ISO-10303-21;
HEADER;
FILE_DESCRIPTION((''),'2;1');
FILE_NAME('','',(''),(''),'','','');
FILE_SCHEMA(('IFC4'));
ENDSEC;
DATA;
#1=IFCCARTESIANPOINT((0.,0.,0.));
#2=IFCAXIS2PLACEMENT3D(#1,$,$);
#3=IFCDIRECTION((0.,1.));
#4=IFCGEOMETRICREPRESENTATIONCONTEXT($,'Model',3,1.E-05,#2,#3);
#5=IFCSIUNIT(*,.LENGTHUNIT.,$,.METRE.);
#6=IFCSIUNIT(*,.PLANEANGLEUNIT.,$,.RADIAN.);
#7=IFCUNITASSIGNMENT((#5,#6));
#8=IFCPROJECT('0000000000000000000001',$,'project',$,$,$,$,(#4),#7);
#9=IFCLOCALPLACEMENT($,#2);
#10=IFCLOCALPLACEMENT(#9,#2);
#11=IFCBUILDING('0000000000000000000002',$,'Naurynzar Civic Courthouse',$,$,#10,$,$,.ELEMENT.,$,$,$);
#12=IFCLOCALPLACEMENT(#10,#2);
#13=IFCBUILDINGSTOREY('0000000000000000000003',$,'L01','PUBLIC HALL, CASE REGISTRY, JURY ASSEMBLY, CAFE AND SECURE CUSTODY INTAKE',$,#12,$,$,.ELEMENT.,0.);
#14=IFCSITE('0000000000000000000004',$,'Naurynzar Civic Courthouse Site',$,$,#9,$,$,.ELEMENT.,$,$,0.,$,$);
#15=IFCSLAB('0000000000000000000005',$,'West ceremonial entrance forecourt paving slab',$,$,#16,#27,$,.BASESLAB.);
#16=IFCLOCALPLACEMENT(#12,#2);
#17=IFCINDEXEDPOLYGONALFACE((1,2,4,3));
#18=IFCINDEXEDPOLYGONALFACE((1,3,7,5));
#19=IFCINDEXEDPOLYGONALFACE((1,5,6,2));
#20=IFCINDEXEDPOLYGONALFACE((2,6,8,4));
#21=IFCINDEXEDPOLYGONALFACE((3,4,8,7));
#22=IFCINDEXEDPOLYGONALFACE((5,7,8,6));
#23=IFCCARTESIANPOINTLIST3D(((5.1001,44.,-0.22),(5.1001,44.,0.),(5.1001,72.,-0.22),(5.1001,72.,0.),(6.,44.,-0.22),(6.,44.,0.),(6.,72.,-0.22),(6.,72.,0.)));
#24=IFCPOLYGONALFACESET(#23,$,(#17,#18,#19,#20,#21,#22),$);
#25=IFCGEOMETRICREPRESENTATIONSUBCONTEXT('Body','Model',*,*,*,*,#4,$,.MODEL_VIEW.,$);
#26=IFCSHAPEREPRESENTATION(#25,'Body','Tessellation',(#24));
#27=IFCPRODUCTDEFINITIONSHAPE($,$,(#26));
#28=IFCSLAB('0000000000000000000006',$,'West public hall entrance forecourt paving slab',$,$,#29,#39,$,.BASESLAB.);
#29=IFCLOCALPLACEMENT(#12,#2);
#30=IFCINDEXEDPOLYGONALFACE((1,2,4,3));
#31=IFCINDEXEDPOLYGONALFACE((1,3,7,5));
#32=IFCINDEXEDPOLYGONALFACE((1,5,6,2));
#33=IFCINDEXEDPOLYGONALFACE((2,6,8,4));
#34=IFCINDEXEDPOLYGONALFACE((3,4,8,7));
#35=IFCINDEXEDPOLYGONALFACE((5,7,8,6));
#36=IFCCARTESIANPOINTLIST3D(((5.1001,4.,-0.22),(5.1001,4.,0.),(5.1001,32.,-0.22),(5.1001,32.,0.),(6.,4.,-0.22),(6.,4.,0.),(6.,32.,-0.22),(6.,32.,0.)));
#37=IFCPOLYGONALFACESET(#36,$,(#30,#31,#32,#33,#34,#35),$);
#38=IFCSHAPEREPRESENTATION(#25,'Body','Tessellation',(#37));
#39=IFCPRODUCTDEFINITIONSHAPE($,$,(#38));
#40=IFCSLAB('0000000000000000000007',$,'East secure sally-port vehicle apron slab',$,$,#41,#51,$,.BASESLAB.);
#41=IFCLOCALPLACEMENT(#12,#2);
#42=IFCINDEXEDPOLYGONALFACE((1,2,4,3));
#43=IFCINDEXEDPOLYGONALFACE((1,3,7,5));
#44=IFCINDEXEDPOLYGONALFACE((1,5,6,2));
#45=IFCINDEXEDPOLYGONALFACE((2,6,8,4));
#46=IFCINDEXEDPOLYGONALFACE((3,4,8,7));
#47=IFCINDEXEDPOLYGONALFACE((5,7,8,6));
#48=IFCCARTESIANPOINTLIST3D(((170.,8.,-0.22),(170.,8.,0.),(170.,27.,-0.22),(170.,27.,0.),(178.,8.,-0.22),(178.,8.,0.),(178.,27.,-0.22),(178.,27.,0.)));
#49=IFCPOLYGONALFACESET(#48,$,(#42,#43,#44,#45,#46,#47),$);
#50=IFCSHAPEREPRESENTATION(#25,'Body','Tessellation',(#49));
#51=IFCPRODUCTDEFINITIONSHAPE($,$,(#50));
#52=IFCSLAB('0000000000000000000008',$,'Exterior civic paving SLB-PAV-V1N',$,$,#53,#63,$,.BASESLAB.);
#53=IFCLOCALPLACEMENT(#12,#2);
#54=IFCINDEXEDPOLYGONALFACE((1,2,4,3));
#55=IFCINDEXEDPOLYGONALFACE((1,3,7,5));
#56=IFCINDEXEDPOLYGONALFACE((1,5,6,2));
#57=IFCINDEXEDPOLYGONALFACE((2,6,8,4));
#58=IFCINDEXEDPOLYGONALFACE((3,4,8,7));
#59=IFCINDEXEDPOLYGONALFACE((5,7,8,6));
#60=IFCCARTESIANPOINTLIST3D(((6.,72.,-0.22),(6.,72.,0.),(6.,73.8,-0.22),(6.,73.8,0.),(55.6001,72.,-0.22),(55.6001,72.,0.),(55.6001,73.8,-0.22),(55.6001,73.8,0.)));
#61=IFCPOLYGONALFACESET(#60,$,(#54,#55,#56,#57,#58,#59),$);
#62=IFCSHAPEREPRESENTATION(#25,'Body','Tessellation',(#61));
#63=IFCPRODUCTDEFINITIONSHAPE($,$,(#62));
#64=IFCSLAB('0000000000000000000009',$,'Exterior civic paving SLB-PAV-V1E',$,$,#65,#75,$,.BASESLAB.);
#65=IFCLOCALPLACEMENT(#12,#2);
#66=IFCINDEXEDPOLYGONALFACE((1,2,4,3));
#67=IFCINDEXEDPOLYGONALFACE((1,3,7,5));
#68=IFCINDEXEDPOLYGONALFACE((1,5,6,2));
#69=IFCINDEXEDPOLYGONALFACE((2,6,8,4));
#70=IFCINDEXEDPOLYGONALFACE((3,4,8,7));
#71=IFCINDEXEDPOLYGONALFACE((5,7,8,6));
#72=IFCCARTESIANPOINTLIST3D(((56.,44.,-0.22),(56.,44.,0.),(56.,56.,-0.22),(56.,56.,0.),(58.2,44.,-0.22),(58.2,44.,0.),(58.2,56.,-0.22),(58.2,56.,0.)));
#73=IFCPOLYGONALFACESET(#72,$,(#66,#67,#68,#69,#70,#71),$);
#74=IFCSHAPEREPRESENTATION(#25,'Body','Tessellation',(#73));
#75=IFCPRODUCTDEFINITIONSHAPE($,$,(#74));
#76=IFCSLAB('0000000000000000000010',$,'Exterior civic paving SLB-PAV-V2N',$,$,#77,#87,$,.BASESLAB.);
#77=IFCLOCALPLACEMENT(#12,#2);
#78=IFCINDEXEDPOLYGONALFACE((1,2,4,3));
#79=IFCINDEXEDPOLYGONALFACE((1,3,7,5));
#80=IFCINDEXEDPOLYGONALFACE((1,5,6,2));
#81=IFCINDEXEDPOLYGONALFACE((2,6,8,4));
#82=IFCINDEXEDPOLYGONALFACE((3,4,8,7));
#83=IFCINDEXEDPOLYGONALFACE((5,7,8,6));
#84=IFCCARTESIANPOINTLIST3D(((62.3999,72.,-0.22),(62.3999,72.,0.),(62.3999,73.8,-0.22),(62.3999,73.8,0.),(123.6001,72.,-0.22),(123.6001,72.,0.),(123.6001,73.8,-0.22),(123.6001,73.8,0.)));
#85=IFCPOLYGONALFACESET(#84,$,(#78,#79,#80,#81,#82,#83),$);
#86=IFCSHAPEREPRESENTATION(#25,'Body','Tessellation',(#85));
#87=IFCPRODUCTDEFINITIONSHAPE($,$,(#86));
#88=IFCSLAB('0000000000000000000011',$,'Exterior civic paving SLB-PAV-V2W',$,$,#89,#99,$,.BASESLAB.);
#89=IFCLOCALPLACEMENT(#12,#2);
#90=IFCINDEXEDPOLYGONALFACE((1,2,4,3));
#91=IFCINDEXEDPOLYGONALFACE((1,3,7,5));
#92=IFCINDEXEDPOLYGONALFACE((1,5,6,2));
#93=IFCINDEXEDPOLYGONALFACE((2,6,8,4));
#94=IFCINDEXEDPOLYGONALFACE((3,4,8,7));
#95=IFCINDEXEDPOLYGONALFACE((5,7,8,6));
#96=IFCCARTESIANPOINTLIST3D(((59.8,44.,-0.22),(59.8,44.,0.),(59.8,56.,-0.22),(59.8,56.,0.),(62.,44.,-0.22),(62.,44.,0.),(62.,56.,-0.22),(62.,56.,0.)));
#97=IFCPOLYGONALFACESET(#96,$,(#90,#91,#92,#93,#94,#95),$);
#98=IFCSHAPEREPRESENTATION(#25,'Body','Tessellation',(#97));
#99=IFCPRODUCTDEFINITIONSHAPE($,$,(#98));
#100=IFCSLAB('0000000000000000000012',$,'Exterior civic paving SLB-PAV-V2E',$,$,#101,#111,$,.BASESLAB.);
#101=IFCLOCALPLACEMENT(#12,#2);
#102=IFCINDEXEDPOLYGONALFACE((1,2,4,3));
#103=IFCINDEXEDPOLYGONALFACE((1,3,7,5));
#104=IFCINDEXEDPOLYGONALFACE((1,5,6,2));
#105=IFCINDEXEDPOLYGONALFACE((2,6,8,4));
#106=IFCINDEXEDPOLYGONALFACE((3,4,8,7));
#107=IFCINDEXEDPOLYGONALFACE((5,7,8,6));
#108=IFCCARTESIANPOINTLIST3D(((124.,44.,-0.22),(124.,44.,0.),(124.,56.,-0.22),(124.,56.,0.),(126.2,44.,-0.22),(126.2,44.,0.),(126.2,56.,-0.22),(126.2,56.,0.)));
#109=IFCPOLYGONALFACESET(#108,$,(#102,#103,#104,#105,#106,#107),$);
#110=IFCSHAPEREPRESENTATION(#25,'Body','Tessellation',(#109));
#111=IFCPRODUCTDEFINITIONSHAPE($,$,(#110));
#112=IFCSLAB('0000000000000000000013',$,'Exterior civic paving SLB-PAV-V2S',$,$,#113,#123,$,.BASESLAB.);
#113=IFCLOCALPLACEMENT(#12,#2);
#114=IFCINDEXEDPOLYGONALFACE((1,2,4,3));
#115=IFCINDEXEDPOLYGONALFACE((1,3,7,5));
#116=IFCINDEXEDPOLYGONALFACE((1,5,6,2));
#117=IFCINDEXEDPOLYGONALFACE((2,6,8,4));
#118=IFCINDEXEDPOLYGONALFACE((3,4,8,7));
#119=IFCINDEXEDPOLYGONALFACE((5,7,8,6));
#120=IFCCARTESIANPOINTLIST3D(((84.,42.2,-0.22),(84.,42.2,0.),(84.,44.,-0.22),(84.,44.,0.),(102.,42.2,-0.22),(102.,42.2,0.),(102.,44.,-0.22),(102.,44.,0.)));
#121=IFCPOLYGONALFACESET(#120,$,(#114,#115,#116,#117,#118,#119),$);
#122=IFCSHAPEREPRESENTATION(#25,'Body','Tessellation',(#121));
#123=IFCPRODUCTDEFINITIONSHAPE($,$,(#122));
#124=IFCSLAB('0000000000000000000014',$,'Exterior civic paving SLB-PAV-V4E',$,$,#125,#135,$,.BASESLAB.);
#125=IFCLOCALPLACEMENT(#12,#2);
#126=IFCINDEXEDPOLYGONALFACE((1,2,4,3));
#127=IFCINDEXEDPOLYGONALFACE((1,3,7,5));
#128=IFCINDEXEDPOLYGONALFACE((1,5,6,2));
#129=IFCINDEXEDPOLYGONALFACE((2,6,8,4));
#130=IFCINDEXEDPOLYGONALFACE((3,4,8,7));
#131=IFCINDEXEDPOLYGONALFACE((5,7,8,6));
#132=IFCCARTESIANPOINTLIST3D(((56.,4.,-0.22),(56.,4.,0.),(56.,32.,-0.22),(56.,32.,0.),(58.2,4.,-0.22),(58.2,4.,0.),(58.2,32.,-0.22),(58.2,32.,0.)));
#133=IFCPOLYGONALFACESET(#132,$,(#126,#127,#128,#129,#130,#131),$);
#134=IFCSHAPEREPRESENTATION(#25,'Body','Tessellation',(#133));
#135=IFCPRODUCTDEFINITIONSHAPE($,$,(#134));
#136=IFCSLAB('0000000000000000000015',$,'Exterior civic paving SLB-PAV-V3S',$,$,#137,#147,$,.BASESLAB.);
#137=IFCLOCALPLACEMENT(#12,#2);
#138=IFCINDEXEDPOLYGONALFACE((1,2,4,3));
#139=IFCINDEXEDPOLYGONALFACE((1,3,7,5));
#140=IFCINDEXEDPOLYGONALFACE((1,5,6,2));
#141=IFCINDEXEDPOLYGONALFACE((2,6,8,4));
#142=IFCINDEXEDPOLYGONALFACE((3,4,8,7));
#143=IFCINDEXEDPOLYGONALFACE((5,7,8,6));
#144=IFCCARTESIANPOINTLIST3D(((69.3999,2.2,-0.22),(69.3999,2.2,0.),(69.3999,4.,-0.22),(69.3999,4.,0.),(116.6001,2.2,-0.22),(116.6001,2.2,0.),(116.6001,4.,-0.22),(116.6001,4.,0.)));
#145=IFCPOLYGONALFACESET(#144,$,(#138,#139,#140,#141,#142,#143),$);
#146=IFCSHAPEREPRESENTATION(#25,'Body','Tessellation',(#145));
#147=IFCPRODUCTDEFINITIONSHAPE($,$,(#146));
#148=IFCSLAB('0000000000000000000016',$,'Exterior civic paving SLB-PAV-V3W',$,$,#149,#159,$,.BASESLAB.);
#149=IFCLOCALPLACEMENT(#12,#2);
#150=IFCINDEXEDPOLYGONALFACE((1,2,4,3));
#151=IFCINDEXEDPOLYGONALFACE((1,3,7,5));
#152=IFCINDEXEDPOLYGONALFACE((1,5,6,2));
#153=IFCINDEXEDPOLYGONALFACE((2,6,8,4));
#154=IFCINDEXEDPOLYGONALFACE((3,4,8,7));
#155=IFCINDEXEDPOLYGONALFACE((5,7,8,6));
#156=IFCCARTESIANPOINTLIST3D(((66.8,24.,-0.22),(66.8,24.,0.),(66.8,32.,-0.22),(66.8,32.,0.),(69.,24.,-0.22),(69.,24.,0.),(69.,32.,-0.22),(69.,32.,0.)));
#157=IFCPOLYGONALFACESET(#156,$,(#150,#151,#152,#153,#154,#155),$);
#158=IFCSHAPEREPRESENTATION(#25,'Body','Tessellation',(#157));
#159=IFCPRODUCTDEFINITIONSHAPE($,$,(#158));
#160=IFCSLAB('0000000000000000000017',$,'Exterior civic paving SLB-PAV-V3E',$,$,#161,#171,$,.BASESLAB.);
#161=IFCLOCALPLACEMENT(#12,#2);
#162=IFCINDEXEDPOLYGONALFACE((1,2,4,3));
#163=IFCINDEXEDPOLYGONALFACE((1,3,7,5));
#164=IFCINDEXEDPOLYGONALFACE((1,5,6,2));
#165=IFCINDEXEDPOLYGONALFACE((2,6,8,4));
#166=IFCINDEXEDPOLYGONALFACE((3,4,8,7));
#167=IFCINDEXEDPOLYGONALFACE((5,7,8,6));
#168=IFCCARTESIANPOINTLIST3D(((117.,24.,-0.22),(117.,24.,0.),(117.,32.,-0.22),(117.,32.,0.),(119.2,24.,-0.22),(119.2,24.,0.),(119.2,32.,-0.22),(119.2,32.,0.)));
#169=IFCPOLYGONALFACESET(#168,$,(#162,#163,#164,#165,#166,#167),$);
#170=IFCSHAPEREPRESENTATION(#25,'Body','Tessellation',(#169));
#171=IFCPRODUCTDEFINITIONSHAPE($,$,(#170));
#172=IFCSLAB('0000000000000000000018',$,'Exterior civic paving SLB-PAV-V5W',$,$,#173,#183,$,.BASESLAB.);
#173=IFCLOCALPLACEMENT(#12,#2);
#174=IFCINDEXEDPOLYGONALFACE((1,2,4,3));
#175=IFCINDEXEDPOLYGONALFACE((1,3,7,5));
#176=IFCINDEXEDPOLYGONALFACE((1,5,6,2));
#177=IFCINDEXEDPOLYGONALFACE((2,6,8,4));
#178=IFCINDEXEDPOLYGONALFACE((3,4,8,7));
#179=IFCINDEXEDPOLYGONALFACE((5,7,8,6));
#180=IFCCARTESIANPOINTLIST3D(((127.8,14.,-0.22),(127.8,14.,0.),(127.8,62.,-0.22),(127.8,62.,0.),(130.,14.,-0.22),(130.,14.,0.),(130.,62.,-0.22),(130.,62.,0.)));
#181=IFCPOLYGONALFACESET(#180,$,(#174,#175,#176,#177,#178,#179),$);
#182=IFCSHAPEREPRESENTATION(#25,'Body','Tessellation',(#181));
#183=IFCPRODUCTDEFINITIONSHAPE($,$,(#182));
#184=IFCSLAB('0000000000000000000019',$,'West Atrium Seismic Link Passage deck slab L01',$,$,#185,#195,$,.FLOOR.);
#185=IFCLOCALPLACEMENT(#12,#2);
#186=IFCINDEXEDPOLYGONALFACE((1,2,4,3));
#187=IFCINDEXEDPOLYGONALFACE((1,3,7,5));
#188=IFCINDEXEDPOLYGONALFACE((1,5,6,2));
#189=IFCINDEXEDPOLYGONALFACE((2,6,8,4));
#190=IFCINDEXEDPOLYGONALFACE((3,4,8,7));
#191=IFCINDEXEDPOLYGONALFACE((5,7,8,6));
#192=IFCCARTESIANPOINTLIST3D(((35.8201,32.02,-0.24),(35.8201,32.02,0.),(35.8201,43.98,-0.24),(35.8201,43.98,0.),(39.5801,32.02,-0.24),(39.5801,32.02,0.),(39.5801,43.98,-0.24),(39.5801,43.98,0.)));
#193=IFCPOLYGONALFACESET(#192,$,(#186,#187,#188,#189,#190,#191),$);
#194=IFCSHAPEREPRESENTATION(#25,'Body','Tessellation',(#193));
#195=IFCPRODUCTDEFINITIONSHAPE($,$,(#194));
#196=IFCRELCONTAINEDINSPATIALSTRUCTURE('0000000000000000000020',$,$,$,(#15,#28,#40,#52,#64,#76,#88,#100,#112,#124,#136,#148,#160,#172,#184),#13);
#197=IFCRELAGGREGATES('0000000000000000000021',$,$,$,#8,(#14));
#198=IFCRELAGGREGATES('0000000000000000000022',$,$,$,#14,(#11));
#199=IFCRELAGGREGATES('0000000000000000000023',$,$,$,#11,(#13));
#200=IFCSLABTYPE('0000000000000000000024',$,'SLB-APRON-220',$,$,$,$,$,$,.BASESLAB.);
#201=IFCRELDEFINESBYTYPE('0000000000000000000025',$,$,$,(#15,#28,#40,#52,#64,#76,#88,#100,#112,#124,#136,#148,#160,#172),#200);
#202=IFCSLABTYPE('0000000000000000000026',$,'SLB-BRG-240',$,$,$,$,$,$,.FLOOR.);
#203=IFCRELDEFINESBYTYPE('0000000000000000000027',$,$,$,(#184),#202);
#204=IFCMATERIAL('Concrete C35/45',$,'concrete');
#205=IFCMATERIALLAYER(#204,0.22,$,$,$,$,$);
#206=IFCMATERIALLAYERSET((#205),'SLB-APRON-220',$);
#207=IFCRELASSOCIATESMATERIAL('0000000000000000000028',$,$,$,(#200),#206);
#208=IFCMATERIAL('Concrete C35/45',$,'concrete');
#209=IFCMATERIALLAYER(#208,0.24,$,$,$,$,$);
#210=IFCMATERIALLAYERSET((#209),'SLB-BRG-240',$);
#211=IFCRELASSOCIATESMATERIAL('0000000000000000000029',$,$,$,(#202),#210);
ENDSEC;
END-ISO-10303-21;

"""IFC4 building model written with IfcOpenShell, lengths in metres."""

from ifc_helpers import new_model, si_unit, direction, frame, origin, place, context, subcontext, project, spatial, polyline, outline, extrude, material, layer, layer_set, type_object, element, save


model = new_model("IFC4")

# Units and contexts
model_context = context("Model", 3, precision=1e-05, world=origin(), true_north=direction((0.0, 1.0)))
body_context = subcontext(model_context, "Body", "Model", "MODEL_VIEW")
ifc_project = project(units=[si_unit("LENGTHUNIT", "METRE"), si_unit("PLANEANGLEUNIT", "RADIAN")], contexts=[model_context])

# Site, building, storey
site_placement = place(None, origin())
site = spatial("IfcSite", under=ifc_project, at=site_placement, Name="Naurynzar Civic Courthouse Site", CompositionType="ELEMENT", RefElevation=0.0)
building_placement = place(site_placement, origin())
building = spatial("IfcBuilding", under=site, at=building_placement, Name="Naurynzar Civic Courthouse", CompositionType="ELEMENT")
storey_placement = place(building_placement, origin())
storey = spatial("IfcBuildingStorey", under=building, at=storey_placement, Name="L01", Description="PUBLIC HALL, CASE REGISTRY, JURY ASSEMBLY, CAFE AND SECURE CUSTODY INTAKE", CompositionType="ELEMENT", Elevation=0.0)

# Slabs
ifc_material_1 = material(Name="Concrete C35/45", Category="concrete")
ifc_layer_1 = layer(ifc_material_1, 0.22)
ifc_layer_set_1 = layer_set([ifc_layer_1], Name="SLB-APRON-220")
slab_type_1 = type_object("IfcSlabType", Name="SLB-APRON-220", PredefinedType="BASESLAB", material=ifc_layer_set_1)
slab_1_placement = place(storey_placement, frame((0.0, 0.0, -0.22)))
element("IfcSlab", 1, at=slab_1_placement, inside=storey, type_object=slab_type_1, Name="West ceremonial entrance forecourt paving slab", PredefinedType="BASESLAB", context=body_context, shape_type="SweptSolid", body=[
    extrude(outline(polyline([(5.1001, 44.0), (6.0, 44.0), (6.0, 72.0), (5.1001, 72.0), (5.1001, 44.0)])), origin(), (0.0, 0.0, 1.0), 0.22),
])
slab_2_placement = place(storey_placement, frame((0.0, 0.0, -0.22)))
element("IfcSlab", 2, at=slab_2_placement, inside=storey, type_object=slab_type_1, Name="West public hall entrance forecourt paving slab", PredefinedType="BASESLAB", context=body_context, shape_type="SweptSolid", body=[
    extrude(outline(polyline([(5.1001, 4.0), (6.0, 4.0), (6.0, 32.0), (5.1001, 32.0), (5.1001, 4.0)])), origin(), (0.0, 0.0, 1.0), 0.22),
])
slab_3_placement = place(storey_placement, frame((0.0, 0.0, -0.22)))
element("IfcSlab", 3, at=slab_3_placement, inside=storey, type_object=slab_type_1, Name="East secure sally-port vehicle apron slab", PredefinedType="BASESLAB", context=body_context, shape_type="SweptSolid", body=[
    extrude(outline(polyline([(170.0, 8.0), (178.0, 8.0), (178.0, 27.0), (170.0, 27.0), (170.0, 8.0)])), origin(), (0.0, 0.0, 1.0), 0.22),
])
slab_4_placement = place(storey_placement, frame((0.0, 0.0, -0.22)))
element("IfcSlab", 4, at=slab_4_placement, inside=storey, type_object=slab_type_1, Name="Exterior civic paving SLB-PAV-V1N", PredefinedType="BASESLAB", context=body_context, shape_type="SweptSolid", body=[
    extrude(outline(polyline([(6.0, 72.0), (55.6001, 72.0), (55.6001, 73.8), (6.0, 73.8), (6.0, 72.0)])), origin(), (0.0, 0.0, 1.0), 0.22),
])
slab_5_placement = place(storey_placement, frame((0.0, 0.0, -0.22)))
element("IfcSlab", 5, at=slab_5_placement, inside=storey, type_object=slab_type_1, Name="Exterior civic paving SLB-PAV-V1E", PredefinedType="BASESLAB", context=body_context, shape_type="SweptSolid", body=[
    extrude(outline(polyline([(56.0, 44.0), (58.2, 44.0), (58.2, 56.0), (56.0, 56.0), (56.0, 44.0)])), origin(), (0.0, 0.0, 1.0), 0.22),
])
slab_6_placement = place(storey_placement, frame((0.0, 0.0, -0.22)))
element("IfcSlab", 6, at=slab_6_placement, inside=storey, type_object=slab_type_1, Name="Exterior civic paving SLB-PAV-V2N", PredefinedType="BASESLAB", context=body_context, shape_type="SweptSolid", body=[
    extrude(outline(polyline([(62.3999, 72.0), (123.6001, 72.0), (123.6001, 73.8), (62.3999, 73.8), (62.3999, 72.0)])), origin(), (0.0, 0.0, 1.0), 0.22),
])
slab_7_placement = place(storey_placement, frame((0.0, 0.0, -0.22)))
element("IfcSlab", 7, at=slab_7_placement, inside=storey, type_object=slab_type_1, Name="Exterior civic paving SLB-PAV-V2W", PredefinedType="BASESLAB", context=body_context, shape_type="SweptSolid", body=[
    extrude(outline(polyline([(59.8, 44.0), (62.0, 44.0), (62.0, 56.0), (59.8, 56.0), (59.8, 44.0)])), origin(), (0.0, 0.0, 1.0), 0.22),
])
slab_8_placement = place(storey_placement, frame((0.0, 0.0, -0.22)))
element("IfcSlab", 8, at=slab_8_placement, inside=storey, type_object=slab_type_1, Name="Exterior civic paving SLB-PAV-V2E", PredefinedType="BASESLAB", context=body_context, shape_type="SweptSolid", body=[
    extrude(outline(polyline([(124.0, 44.0), (126.2, 44.0), (126.2, 56.0), (124.0, 56.0), (124.0, 44.0)])), origin(), (0.0, 0.0, 1.0), 0.22),
])
slab_9_placement = place(storey_placement, frame((0.0, 0.0, -0.22)))
element("IfcSlab", 9, at=slab_9_placement, inside=storey, type_object=slab_type_1, Name="Exterior civic paving SLB-PAV-V2S", PredefinedType="BASESLAB", context=body_context, shape_type="SweptSolid", body=[
    extrude(outline(polyline([(84.0, 42.2), (102.0, 42.2), (102.0, 44.0), (84.0, 44.0), (84.0, 42.2)])), origin(), (0.0, 0.0, 1.0), 0.22),
])
slab_10_placement = place(storey_placement, frame((0.0, 0.0, -0.22)))
element("IfcSlab", 10, at=slab_10_placement, inside=storey, type_object=slab_type_1, Name="Exterior civic paving SLB-PAV-V4E", PredefinedType="BASESLAB", context=body_context, shape_type="SweptSolid", body=[
    extrude(outline(polyline([(56.0, 4.0), (58.2, 4.0), (58.2, 32.0), (56.0, 32.0), (56.0, 4.0)])), origin(), (0.0, 0.0, 1.0), 0.22),
])
slab_11_placement = place(storey_placement, frame((0.0, 0.0, -0.22)))
element("IfcSlab", 11, at=slab_11_placement, inside=storey, type_object=slab_type_1, Name="Exterior civic paving SLB-PAV-V3S", PredefinedType="BASESLAB", context=body_context, shape_type="SweptSolid", body=[
    extrude(outline(polyline([(69.3999, 2.2), (116.6001, 2.2), (116.6001, 4.0), (69.3999, 4.0), (69.3999, 2.2)])), origin(), (0.0, 0.0, 1.0), 0.22),
])
slab_12_placement = place(storey_placement, frame((0.0, 0.0, -0.22)))
element("IfcSlab", 12, at=slab_12_placement, inside=storey, type_object=slab_type_1, Name="Exterior civic paving SLB-PAV-V3W", PredefinedType="BASESLAB", context=body_context, shape_type="SweptSolid", body=[
    extrude(outline(polyline([(66.8, 24.0), (69.0, 24.0), (69.0, 32.0), (66.8, 32.0), (66.8, 24.0)])), origin(), (0.0, 0.0, 1.0), 0.22),
])
slab_13_placement = place(storey_placement, frame((0.0, 0.0, -0.22)))
element("IfcSlab", 13, at=slab_13_placement, inside=storey, type_object=slab_type_1, Name="Exterior civic paving SLB-PAV-V3E", PredefinedType="BASESLAB", context=body_context, shape_type="SweptSolid", body=[
    extrude(outline(polyline([(117.0, 24.0), (119.2, 24.0), (119.2, 32.0), (117.0, 32.0), (117.0, 24.0)])), origin(), (0.0, 0.0, 1.0), 0.22),
])
slab_14_placement = place(storey_placement, frame((0.0, 0.0, -0.22)))
element("IfcSlab", 14, at=slab_14_placement, inside=storey, type_object=slab_type_1, Name="Exterior civic paving SLB-PAV-V5W", PredefinedType="BASESLAB", context=body_context, shape_type="SweptSolid", body=[
    extrude(outline(polyline([(127.8, 14.0), (130.0, 14.0), (130.0, 62.0), (127.8, 62.0), (127.8, 14.0)])), origin(), (0.0, 0.0, 1.0), 0.22),
])
ifc_material_2 = material(Name="Concrete C35/45", Category="concrete")
ifc_layer_2 = layer(ifc_material_2, 0.24)
ifc_layer_set_2 = layer_set([ifc_layer_2], Name="SLB-BRG-240")
slab_type_2 = type_object("IfcSlabType", Name="SLB-BRG-240", PredefinedType="FLOOR", material=ifc_layer_set_2)
slab_15_placement = place(storey_placement, frame((0.0, 0.0, -0.24)))
element("IfcSlab", 15, at=slab_15_placement, inside=storey, type_object=slab_type_2, Name="West Atrium Seismic Link Passage deck slab L01", PredefinedType="FLOOR", context=body_context, shape_type="SweptSolid", body=[
    extrude(outline(polyline([(35.8201, 32.02), (39.5801, 32.02), (39.5801, 43.98), (35.8201, 43.98), (35.8201, 32.02)])), origin(), (0.0, 0.0, 1.0), 0.24),
])

save(model, "model.ifc")
